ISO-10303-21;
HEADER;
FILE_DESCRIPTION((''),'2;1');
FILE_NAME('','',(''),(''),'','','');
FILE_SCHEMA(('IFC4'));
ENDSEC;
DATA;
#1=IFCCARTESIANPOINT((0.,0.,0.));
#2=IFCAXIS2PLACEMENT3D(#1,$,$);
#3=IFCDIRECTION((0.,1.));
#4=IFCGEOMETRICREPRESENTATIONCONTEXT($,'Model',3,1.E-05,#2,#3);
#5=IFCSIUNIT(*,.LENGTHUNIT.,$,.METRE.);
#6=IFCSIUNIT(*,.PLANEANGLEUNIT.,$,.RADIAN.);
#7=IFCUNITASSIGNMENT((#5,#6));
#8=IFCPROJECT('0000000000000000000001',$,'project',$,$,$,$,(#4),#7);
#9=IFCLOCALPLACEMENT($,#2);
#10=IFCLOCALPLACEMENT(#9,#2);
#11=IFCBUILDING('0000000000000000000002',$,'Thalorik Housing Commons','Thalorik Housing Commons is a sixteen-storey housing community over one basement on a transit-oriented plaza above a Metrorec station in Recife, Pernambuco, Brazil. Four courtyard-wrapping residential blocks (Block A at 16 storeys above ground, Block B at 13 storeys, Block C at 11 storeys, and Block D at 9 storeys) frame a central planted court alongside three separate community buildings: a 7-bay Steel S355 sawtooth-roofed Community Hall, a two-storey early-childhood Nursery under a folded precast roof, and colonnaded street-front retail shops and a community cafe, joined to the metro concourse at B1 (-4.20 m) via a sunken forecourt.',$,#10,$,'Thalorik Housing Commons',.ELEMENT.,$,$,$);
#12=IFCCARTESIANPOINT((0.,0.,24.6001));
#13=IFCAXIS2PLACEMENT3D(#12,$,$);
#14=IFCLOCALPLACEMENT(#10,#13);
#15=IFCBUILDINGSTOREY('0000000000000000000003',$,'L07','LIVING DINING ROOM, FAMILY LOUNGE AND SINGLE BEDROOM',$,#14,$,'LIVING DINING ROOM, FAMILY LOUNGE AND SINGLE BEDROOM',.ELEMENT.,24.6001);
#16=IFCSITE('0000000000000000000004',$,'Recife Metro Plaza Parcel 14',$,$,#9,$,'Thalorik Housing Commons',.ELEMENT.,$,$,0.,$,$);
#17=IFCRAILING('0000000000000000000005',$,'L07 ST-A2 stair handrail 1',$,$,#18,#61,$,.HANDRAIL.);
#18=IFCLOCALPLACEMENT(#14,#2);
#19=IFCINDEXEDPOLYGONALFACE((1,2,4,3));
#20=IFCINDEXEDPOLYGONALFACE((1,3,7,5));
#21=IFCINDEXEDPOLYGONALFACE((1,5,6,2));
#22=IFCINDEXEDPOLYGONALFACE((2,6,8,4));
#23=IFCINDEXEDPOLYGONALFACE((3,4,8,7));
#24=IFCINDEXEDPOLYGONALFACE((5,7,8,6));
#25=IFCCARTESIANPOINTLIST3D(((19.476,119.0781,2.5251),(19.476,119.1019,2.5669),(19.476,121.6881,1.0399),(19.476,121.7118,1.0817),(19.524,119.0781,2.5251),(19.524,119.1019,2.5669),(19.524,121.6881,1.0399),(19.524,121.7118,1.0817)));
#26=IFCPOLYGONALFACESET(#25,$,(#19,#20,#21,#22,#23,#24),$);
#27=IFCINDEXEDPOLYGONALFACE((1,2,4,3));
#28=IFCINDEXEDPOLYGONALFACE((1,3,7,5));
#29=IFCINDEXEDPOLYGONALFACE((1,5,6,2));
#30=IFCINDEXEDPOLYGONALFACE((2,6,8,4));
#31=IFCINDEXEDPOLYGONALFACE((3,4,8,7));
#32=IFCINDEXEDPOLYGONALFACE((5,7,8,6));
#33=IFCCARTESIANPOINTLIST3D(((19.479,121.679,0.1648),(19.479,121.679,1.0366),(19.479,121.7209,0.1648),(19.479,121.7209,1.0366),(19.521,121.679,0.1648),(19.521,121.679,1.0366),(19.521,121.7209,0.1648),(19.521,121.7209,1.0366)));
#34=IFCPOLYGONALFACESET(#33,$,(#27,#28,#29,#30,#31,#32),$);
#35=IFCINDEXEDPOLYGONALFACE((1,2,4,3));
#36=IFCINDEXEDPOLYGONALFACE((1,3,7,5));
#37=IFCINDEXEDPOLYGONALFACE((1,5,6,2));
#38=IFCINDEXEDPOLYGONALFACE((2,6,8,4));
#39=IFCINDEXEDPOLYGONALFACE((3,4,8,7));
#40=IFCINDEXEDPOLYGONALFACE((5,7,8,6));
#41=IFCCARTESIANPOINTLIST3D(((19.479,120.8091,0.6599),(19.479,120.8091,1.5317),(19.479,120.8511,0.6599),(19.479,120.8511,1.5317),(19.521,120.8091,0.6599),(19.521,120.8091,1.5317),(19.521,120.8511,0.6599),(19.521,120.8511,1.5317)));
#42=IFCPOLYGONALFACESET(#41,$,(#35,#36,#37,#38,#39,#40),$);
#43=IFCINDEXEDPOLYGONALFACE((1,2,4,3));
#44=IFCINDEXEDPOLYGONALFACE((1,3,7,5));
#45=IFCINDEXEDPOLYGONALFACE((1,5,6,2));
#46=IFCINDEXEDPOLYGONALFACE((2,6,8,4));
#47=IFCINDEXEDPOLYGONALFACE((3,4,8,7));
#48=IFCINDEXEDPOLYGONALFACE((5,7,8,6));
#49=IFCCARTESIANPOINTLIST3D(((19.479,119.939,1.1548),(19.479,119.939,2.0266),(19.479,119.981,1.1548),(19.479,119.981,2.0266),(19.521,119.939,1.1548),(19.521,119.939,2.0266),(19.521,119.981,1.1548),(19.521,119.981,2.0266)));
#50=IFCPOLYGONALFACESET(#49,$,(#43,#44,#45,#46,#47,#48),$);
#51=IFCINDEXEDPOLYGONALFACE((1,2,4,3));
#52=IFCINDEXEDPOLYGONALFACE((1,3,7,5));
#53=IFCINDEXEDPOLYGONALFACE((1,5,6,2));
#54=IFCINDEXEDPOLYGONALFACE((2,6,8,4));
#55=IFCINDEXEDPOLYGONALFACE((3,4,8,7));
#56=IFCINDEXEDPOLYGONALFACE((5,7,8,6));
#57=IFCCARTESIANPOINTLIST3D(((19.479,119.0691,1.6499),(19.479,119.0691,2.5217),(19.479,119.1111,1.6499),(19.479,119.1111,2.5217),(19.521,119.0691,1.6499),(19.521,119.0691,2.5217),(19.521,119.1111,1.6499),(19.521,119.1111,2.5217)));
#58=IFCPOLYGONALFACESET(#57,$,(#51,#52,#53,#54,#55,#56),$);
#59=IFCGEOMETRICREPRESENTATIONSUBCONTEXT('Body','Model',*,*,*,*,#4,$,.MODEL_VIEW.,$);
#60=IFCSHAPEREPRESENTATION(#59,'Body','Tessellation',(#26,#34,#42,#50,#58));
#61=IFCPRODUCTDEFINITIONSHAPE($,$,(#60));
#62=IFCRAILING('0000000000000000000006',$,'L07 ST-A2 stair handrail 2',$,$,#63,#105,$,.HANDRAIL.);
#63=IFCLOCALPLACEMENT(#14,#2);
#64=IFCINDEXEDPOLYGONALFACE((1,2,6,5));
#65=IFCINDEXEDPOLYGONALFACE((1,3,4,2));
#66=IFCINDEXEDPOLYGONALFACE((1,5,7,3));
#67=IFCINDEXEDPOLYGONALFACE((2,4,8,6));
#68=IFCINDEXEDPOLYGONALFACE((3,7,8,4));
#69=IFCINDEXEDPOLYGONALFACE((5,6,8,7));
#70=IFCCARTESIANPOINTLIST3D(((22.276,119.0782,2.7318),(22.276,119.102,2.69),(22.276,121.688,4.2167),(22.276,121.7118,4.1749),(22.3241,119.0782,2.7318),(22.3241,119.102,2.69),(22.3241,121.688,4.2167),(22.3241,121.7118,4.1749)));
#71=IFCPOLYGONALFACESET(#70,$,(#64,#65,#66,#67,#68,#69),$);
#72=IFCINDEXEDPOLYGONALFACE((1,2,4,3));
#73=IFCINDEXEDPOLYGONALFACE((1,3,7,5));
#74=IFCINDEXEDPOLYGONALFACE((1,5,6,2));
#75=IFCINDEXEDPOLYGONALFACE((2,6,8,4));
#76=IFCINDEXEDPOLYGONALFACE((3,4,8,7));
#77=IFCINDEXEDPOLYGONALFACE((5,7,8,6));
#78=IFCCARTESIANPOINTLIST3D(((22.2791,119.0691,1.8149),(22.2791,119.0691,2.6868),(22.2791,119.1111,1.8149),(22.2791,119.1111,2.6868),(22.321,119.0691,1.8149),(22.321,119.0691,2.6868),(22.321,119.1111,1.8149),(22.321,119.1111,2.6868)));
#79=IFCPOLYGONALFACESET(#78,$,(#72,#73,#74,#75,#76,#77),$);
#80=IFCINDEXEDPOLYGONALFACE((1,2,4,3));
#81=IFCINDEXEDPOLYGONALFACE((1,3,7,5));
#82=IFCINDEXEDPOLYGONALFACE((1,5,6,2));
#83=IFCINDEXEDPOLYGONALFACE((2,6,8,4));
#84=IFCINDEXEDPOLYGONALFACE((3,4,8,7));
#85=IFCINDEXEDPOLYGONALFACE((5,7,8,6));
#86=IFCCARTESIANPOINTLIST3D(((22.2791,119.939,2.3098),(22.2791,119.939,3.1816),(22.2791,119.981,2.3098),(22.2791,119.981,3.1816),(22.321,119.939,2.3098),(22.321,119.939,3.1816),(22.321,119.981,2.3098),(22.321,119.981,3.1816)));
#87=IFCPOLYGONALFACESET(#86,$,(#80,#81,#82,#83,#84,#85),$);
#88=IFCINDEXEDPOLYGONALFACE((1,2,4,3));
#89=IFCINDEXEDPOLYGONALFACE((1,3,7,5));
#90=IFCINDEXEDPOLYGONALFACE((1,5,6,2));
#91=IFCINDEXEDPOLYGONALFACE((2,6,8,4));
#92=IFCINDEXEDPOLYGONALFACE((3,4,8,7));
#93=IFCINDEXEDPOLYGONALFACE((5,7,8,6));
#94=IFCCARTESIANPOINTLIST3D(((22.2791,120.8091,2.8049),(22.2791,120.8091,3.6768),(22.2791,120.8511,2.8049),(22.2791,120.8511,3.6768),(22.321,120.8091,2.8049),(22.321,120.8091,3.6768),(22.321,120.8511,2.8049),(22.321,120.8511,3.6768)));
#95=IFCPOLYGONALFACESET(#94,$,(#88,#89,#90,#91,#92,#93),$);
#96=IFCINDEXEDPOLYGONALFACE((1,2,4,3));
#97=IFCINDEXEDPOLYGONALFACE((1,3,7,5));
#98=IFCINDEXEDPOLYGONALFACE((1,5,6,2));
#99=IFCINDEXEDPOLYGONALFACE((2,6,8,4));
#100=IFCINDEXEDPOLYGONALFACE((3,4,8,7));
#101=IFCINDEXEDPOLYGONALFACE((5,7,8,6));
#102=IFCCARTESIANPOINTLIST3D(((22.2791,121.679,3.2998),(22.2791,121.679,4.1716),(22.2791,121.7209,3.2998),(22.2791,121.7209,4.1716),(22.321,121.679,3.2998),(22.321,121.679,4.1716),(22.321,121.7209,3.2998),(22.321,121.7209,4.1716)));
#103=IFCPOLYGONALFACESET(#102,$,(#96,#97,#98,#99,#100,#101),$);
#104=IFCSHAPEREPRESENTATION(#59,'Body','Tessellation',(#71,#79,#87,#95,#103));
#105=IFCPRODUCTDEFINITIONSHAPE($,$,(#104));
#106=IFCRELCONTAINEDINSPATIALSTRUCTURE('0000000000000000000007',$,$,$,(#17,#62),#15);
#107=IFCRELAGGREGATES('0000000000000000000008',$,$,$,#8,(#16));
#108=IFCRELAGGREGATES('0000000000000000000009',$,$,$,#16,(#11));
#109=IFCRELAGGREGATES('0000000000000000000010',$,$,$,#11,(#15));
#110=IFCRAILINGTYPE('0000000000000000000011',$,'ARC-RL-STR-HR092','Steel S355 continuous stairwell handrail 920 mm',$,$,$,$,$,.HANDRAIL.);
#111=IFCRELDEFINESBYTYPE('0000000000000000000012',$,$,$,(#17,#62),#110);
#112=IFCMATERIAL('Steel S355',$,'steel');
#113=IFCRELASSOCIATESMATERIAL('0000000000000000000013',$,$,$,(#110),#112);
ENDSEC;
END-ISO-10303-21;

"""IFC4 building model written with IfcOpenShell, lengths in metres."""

from ifc_helpers import new_model, si_unit, direction, frame, origin, origin_2d, place, context, subcontext, project, spatial, rectangle, extrude, material, type_object, element, save


model = new_model("IFC4")

# Units and contexts
model_context = context("Model", 3, precision=1e-05, world=origin(), true_north=direction((0.0, 1.0)))
body_context = subcontext(model_context, "Body", "Model", "MODEL_VIEW")
ifc_project = project(units=[si_unit("LENGTHUNIT", "METRE"), si_unit("PLANEANGLEUNIT", "RADIAN")], contexts=[model_context])

# Site, building, storey
site_placement = place(None, origin())
site = spatial("IfcSite", under=ifc_project, at=site_placement, Name="Recife Metro Plaza Parcel 14", LongName="Thalorik Housing Commons", CompositionType="ELEMENT", RefElevation=0.0)
building_placement = place(site_placement, origin())
building = spatial("IfcBuilding", under=site, at=building_placement, Name="Thalorik Housing Commons", Description="Thalorik Housing Commons is a sixteen-storey housing community over one basement on a transit-oriented plaza above a Metrorec station in Recife, Pernambuco, Brazil. Four courtyard-wrapping residential blocks (Block A at 16 storeys above ground, Block B at 13 storeys, Block C at 11 storeys, and Block D at 9 storeys) frame a central planted court alongside three separate community buildings: a 7-bay Steel S355 sawtooth-roofed Community Hall, a two-storey early-childhood Nursery under a folded precast roof, and colonnaded street-front retail shops and a community cafe, joined to the metro concourse at B1 (-4.20 m) via a sunken forecourt.", LongName="Thalorik Housing Commons", CompositionType="ELEMENT")
storey_placement = place(building_placement, frame((0.0, 0.0, 24.6001)))
storey = spatial("IfcBuildingStorey", under=building, at=storey_placement, Name="L07", Description="LIVING DINING ROOM, FAMILY LOUNGE AND SINGLE BEDROOM", LongName="LIVING DINING ROOM, FAMILY LOUNGE AND SINGLE BEDROOM", CompositionType="ELEMENT", Elevation=24.6001)

# Shared definitions
ifc_material_1 = material(Name="Steel S355", Category="steel")

# Railings
railing_type_1 = type_object("IfcRailingType", Name="ARC-RL-STR-HR092", Description="Steel S355 continuous stairwell handrail 920 mm", PredefinedType="HANDRAIL", material=ifc_material_1)
railing_1_placement = place(storey_placement, frame((19.5, 121.7, 0.1648)))
element("IfcRailing", 1, at=railing_1_placement, inside=storey, type_object=railing_type_1, Name="L07 ST-A2 stair handrail 1", PredefinedType="HANDRAIL", context=body_context, shape_type="SweptSolid", body=[
    extrude(rectangle(XDim=0.0481, YDim=0.0481, at=origin_2d()), frame((0.0, 0.0, 0.896), z_axis=(0.0, -0.869137, 0.494571), x_axis=(1.0, 0.0, 0.0)), (0.0, 0.0, 1.0), 3.0029),
    extrude(rectangle(XDim=0.042, YDim=0.042, at=origin_2d()), origin(), (0.0, 0.0, 1.0), 0.8718),
    extrude(rectangle(XDim=0.042, YDim=0.042, at=origin_2d()), frame((0.0, -0.8699, 0.4951)), (0.0, 0.0, 1.0), 0.8718),
    extrude(rectangle(XDim=0.042, YDim=0.042, at=origin_2d()), frame((0.0, -1.74, 0.99)), (0.0, 0.0, 1.0), 0.8718),
    extrude(rectangle(XDim=0.042, YDim=0.042, at=origin_2d()), frame((0.0, -2.6099, 1.4851)), (0.0, 0.0, 1.0), 0.8718),
])
railing_2_placement = place(storey_placement, frame((22.3, 119.0901, 1.8149)))
element("IfcRailing", 2, at=railing_2_placement, inside=storey, type_object=railing_type_1, Name="L07 ST-A2 stair handrail 2", PredefinedType="HANDRAIL", context=body_context, shape_type="SweptSolid", body=[
    extrude(rectangle(XDim=0.0481, YDim=0.0481, at=origin_2d()), frame((0.0, 0.0, 0.896), z_axis=(0.0, 0.869172, 0.494509), x_axis=(-1.0, 0.0, 0.0)), (0.0, 0.0, 1.0), 3.0027),
    extrude(rectangle(XDim=0.042, YDim=0.042, at=origin_2d()), origin(), (0.0, 0.0, 1.0), 0.8718),
    extrude(rectangle(XDim=0.042, YDim=0.042, at=origin_2d()), frame((0.0, 0.8699, 0.4949)), (0.0, 0.0, 1.0), 0.8718),
    extrude(rectangle(XDim=0.042, YDim=0.042, at=origin_2d()), frame((0.0, 1.74, 0.99)), (0.0, 0.0, 1.0), 0.8718),
    extrude(rectangle(XDim=0.042, YDim=0.042, at=origin_2d()), frame((0.0, 2.6099, 1.4849)), (0.0, 0.0, 1.0), 0.8718),
])

save(model, "model.ifc")
